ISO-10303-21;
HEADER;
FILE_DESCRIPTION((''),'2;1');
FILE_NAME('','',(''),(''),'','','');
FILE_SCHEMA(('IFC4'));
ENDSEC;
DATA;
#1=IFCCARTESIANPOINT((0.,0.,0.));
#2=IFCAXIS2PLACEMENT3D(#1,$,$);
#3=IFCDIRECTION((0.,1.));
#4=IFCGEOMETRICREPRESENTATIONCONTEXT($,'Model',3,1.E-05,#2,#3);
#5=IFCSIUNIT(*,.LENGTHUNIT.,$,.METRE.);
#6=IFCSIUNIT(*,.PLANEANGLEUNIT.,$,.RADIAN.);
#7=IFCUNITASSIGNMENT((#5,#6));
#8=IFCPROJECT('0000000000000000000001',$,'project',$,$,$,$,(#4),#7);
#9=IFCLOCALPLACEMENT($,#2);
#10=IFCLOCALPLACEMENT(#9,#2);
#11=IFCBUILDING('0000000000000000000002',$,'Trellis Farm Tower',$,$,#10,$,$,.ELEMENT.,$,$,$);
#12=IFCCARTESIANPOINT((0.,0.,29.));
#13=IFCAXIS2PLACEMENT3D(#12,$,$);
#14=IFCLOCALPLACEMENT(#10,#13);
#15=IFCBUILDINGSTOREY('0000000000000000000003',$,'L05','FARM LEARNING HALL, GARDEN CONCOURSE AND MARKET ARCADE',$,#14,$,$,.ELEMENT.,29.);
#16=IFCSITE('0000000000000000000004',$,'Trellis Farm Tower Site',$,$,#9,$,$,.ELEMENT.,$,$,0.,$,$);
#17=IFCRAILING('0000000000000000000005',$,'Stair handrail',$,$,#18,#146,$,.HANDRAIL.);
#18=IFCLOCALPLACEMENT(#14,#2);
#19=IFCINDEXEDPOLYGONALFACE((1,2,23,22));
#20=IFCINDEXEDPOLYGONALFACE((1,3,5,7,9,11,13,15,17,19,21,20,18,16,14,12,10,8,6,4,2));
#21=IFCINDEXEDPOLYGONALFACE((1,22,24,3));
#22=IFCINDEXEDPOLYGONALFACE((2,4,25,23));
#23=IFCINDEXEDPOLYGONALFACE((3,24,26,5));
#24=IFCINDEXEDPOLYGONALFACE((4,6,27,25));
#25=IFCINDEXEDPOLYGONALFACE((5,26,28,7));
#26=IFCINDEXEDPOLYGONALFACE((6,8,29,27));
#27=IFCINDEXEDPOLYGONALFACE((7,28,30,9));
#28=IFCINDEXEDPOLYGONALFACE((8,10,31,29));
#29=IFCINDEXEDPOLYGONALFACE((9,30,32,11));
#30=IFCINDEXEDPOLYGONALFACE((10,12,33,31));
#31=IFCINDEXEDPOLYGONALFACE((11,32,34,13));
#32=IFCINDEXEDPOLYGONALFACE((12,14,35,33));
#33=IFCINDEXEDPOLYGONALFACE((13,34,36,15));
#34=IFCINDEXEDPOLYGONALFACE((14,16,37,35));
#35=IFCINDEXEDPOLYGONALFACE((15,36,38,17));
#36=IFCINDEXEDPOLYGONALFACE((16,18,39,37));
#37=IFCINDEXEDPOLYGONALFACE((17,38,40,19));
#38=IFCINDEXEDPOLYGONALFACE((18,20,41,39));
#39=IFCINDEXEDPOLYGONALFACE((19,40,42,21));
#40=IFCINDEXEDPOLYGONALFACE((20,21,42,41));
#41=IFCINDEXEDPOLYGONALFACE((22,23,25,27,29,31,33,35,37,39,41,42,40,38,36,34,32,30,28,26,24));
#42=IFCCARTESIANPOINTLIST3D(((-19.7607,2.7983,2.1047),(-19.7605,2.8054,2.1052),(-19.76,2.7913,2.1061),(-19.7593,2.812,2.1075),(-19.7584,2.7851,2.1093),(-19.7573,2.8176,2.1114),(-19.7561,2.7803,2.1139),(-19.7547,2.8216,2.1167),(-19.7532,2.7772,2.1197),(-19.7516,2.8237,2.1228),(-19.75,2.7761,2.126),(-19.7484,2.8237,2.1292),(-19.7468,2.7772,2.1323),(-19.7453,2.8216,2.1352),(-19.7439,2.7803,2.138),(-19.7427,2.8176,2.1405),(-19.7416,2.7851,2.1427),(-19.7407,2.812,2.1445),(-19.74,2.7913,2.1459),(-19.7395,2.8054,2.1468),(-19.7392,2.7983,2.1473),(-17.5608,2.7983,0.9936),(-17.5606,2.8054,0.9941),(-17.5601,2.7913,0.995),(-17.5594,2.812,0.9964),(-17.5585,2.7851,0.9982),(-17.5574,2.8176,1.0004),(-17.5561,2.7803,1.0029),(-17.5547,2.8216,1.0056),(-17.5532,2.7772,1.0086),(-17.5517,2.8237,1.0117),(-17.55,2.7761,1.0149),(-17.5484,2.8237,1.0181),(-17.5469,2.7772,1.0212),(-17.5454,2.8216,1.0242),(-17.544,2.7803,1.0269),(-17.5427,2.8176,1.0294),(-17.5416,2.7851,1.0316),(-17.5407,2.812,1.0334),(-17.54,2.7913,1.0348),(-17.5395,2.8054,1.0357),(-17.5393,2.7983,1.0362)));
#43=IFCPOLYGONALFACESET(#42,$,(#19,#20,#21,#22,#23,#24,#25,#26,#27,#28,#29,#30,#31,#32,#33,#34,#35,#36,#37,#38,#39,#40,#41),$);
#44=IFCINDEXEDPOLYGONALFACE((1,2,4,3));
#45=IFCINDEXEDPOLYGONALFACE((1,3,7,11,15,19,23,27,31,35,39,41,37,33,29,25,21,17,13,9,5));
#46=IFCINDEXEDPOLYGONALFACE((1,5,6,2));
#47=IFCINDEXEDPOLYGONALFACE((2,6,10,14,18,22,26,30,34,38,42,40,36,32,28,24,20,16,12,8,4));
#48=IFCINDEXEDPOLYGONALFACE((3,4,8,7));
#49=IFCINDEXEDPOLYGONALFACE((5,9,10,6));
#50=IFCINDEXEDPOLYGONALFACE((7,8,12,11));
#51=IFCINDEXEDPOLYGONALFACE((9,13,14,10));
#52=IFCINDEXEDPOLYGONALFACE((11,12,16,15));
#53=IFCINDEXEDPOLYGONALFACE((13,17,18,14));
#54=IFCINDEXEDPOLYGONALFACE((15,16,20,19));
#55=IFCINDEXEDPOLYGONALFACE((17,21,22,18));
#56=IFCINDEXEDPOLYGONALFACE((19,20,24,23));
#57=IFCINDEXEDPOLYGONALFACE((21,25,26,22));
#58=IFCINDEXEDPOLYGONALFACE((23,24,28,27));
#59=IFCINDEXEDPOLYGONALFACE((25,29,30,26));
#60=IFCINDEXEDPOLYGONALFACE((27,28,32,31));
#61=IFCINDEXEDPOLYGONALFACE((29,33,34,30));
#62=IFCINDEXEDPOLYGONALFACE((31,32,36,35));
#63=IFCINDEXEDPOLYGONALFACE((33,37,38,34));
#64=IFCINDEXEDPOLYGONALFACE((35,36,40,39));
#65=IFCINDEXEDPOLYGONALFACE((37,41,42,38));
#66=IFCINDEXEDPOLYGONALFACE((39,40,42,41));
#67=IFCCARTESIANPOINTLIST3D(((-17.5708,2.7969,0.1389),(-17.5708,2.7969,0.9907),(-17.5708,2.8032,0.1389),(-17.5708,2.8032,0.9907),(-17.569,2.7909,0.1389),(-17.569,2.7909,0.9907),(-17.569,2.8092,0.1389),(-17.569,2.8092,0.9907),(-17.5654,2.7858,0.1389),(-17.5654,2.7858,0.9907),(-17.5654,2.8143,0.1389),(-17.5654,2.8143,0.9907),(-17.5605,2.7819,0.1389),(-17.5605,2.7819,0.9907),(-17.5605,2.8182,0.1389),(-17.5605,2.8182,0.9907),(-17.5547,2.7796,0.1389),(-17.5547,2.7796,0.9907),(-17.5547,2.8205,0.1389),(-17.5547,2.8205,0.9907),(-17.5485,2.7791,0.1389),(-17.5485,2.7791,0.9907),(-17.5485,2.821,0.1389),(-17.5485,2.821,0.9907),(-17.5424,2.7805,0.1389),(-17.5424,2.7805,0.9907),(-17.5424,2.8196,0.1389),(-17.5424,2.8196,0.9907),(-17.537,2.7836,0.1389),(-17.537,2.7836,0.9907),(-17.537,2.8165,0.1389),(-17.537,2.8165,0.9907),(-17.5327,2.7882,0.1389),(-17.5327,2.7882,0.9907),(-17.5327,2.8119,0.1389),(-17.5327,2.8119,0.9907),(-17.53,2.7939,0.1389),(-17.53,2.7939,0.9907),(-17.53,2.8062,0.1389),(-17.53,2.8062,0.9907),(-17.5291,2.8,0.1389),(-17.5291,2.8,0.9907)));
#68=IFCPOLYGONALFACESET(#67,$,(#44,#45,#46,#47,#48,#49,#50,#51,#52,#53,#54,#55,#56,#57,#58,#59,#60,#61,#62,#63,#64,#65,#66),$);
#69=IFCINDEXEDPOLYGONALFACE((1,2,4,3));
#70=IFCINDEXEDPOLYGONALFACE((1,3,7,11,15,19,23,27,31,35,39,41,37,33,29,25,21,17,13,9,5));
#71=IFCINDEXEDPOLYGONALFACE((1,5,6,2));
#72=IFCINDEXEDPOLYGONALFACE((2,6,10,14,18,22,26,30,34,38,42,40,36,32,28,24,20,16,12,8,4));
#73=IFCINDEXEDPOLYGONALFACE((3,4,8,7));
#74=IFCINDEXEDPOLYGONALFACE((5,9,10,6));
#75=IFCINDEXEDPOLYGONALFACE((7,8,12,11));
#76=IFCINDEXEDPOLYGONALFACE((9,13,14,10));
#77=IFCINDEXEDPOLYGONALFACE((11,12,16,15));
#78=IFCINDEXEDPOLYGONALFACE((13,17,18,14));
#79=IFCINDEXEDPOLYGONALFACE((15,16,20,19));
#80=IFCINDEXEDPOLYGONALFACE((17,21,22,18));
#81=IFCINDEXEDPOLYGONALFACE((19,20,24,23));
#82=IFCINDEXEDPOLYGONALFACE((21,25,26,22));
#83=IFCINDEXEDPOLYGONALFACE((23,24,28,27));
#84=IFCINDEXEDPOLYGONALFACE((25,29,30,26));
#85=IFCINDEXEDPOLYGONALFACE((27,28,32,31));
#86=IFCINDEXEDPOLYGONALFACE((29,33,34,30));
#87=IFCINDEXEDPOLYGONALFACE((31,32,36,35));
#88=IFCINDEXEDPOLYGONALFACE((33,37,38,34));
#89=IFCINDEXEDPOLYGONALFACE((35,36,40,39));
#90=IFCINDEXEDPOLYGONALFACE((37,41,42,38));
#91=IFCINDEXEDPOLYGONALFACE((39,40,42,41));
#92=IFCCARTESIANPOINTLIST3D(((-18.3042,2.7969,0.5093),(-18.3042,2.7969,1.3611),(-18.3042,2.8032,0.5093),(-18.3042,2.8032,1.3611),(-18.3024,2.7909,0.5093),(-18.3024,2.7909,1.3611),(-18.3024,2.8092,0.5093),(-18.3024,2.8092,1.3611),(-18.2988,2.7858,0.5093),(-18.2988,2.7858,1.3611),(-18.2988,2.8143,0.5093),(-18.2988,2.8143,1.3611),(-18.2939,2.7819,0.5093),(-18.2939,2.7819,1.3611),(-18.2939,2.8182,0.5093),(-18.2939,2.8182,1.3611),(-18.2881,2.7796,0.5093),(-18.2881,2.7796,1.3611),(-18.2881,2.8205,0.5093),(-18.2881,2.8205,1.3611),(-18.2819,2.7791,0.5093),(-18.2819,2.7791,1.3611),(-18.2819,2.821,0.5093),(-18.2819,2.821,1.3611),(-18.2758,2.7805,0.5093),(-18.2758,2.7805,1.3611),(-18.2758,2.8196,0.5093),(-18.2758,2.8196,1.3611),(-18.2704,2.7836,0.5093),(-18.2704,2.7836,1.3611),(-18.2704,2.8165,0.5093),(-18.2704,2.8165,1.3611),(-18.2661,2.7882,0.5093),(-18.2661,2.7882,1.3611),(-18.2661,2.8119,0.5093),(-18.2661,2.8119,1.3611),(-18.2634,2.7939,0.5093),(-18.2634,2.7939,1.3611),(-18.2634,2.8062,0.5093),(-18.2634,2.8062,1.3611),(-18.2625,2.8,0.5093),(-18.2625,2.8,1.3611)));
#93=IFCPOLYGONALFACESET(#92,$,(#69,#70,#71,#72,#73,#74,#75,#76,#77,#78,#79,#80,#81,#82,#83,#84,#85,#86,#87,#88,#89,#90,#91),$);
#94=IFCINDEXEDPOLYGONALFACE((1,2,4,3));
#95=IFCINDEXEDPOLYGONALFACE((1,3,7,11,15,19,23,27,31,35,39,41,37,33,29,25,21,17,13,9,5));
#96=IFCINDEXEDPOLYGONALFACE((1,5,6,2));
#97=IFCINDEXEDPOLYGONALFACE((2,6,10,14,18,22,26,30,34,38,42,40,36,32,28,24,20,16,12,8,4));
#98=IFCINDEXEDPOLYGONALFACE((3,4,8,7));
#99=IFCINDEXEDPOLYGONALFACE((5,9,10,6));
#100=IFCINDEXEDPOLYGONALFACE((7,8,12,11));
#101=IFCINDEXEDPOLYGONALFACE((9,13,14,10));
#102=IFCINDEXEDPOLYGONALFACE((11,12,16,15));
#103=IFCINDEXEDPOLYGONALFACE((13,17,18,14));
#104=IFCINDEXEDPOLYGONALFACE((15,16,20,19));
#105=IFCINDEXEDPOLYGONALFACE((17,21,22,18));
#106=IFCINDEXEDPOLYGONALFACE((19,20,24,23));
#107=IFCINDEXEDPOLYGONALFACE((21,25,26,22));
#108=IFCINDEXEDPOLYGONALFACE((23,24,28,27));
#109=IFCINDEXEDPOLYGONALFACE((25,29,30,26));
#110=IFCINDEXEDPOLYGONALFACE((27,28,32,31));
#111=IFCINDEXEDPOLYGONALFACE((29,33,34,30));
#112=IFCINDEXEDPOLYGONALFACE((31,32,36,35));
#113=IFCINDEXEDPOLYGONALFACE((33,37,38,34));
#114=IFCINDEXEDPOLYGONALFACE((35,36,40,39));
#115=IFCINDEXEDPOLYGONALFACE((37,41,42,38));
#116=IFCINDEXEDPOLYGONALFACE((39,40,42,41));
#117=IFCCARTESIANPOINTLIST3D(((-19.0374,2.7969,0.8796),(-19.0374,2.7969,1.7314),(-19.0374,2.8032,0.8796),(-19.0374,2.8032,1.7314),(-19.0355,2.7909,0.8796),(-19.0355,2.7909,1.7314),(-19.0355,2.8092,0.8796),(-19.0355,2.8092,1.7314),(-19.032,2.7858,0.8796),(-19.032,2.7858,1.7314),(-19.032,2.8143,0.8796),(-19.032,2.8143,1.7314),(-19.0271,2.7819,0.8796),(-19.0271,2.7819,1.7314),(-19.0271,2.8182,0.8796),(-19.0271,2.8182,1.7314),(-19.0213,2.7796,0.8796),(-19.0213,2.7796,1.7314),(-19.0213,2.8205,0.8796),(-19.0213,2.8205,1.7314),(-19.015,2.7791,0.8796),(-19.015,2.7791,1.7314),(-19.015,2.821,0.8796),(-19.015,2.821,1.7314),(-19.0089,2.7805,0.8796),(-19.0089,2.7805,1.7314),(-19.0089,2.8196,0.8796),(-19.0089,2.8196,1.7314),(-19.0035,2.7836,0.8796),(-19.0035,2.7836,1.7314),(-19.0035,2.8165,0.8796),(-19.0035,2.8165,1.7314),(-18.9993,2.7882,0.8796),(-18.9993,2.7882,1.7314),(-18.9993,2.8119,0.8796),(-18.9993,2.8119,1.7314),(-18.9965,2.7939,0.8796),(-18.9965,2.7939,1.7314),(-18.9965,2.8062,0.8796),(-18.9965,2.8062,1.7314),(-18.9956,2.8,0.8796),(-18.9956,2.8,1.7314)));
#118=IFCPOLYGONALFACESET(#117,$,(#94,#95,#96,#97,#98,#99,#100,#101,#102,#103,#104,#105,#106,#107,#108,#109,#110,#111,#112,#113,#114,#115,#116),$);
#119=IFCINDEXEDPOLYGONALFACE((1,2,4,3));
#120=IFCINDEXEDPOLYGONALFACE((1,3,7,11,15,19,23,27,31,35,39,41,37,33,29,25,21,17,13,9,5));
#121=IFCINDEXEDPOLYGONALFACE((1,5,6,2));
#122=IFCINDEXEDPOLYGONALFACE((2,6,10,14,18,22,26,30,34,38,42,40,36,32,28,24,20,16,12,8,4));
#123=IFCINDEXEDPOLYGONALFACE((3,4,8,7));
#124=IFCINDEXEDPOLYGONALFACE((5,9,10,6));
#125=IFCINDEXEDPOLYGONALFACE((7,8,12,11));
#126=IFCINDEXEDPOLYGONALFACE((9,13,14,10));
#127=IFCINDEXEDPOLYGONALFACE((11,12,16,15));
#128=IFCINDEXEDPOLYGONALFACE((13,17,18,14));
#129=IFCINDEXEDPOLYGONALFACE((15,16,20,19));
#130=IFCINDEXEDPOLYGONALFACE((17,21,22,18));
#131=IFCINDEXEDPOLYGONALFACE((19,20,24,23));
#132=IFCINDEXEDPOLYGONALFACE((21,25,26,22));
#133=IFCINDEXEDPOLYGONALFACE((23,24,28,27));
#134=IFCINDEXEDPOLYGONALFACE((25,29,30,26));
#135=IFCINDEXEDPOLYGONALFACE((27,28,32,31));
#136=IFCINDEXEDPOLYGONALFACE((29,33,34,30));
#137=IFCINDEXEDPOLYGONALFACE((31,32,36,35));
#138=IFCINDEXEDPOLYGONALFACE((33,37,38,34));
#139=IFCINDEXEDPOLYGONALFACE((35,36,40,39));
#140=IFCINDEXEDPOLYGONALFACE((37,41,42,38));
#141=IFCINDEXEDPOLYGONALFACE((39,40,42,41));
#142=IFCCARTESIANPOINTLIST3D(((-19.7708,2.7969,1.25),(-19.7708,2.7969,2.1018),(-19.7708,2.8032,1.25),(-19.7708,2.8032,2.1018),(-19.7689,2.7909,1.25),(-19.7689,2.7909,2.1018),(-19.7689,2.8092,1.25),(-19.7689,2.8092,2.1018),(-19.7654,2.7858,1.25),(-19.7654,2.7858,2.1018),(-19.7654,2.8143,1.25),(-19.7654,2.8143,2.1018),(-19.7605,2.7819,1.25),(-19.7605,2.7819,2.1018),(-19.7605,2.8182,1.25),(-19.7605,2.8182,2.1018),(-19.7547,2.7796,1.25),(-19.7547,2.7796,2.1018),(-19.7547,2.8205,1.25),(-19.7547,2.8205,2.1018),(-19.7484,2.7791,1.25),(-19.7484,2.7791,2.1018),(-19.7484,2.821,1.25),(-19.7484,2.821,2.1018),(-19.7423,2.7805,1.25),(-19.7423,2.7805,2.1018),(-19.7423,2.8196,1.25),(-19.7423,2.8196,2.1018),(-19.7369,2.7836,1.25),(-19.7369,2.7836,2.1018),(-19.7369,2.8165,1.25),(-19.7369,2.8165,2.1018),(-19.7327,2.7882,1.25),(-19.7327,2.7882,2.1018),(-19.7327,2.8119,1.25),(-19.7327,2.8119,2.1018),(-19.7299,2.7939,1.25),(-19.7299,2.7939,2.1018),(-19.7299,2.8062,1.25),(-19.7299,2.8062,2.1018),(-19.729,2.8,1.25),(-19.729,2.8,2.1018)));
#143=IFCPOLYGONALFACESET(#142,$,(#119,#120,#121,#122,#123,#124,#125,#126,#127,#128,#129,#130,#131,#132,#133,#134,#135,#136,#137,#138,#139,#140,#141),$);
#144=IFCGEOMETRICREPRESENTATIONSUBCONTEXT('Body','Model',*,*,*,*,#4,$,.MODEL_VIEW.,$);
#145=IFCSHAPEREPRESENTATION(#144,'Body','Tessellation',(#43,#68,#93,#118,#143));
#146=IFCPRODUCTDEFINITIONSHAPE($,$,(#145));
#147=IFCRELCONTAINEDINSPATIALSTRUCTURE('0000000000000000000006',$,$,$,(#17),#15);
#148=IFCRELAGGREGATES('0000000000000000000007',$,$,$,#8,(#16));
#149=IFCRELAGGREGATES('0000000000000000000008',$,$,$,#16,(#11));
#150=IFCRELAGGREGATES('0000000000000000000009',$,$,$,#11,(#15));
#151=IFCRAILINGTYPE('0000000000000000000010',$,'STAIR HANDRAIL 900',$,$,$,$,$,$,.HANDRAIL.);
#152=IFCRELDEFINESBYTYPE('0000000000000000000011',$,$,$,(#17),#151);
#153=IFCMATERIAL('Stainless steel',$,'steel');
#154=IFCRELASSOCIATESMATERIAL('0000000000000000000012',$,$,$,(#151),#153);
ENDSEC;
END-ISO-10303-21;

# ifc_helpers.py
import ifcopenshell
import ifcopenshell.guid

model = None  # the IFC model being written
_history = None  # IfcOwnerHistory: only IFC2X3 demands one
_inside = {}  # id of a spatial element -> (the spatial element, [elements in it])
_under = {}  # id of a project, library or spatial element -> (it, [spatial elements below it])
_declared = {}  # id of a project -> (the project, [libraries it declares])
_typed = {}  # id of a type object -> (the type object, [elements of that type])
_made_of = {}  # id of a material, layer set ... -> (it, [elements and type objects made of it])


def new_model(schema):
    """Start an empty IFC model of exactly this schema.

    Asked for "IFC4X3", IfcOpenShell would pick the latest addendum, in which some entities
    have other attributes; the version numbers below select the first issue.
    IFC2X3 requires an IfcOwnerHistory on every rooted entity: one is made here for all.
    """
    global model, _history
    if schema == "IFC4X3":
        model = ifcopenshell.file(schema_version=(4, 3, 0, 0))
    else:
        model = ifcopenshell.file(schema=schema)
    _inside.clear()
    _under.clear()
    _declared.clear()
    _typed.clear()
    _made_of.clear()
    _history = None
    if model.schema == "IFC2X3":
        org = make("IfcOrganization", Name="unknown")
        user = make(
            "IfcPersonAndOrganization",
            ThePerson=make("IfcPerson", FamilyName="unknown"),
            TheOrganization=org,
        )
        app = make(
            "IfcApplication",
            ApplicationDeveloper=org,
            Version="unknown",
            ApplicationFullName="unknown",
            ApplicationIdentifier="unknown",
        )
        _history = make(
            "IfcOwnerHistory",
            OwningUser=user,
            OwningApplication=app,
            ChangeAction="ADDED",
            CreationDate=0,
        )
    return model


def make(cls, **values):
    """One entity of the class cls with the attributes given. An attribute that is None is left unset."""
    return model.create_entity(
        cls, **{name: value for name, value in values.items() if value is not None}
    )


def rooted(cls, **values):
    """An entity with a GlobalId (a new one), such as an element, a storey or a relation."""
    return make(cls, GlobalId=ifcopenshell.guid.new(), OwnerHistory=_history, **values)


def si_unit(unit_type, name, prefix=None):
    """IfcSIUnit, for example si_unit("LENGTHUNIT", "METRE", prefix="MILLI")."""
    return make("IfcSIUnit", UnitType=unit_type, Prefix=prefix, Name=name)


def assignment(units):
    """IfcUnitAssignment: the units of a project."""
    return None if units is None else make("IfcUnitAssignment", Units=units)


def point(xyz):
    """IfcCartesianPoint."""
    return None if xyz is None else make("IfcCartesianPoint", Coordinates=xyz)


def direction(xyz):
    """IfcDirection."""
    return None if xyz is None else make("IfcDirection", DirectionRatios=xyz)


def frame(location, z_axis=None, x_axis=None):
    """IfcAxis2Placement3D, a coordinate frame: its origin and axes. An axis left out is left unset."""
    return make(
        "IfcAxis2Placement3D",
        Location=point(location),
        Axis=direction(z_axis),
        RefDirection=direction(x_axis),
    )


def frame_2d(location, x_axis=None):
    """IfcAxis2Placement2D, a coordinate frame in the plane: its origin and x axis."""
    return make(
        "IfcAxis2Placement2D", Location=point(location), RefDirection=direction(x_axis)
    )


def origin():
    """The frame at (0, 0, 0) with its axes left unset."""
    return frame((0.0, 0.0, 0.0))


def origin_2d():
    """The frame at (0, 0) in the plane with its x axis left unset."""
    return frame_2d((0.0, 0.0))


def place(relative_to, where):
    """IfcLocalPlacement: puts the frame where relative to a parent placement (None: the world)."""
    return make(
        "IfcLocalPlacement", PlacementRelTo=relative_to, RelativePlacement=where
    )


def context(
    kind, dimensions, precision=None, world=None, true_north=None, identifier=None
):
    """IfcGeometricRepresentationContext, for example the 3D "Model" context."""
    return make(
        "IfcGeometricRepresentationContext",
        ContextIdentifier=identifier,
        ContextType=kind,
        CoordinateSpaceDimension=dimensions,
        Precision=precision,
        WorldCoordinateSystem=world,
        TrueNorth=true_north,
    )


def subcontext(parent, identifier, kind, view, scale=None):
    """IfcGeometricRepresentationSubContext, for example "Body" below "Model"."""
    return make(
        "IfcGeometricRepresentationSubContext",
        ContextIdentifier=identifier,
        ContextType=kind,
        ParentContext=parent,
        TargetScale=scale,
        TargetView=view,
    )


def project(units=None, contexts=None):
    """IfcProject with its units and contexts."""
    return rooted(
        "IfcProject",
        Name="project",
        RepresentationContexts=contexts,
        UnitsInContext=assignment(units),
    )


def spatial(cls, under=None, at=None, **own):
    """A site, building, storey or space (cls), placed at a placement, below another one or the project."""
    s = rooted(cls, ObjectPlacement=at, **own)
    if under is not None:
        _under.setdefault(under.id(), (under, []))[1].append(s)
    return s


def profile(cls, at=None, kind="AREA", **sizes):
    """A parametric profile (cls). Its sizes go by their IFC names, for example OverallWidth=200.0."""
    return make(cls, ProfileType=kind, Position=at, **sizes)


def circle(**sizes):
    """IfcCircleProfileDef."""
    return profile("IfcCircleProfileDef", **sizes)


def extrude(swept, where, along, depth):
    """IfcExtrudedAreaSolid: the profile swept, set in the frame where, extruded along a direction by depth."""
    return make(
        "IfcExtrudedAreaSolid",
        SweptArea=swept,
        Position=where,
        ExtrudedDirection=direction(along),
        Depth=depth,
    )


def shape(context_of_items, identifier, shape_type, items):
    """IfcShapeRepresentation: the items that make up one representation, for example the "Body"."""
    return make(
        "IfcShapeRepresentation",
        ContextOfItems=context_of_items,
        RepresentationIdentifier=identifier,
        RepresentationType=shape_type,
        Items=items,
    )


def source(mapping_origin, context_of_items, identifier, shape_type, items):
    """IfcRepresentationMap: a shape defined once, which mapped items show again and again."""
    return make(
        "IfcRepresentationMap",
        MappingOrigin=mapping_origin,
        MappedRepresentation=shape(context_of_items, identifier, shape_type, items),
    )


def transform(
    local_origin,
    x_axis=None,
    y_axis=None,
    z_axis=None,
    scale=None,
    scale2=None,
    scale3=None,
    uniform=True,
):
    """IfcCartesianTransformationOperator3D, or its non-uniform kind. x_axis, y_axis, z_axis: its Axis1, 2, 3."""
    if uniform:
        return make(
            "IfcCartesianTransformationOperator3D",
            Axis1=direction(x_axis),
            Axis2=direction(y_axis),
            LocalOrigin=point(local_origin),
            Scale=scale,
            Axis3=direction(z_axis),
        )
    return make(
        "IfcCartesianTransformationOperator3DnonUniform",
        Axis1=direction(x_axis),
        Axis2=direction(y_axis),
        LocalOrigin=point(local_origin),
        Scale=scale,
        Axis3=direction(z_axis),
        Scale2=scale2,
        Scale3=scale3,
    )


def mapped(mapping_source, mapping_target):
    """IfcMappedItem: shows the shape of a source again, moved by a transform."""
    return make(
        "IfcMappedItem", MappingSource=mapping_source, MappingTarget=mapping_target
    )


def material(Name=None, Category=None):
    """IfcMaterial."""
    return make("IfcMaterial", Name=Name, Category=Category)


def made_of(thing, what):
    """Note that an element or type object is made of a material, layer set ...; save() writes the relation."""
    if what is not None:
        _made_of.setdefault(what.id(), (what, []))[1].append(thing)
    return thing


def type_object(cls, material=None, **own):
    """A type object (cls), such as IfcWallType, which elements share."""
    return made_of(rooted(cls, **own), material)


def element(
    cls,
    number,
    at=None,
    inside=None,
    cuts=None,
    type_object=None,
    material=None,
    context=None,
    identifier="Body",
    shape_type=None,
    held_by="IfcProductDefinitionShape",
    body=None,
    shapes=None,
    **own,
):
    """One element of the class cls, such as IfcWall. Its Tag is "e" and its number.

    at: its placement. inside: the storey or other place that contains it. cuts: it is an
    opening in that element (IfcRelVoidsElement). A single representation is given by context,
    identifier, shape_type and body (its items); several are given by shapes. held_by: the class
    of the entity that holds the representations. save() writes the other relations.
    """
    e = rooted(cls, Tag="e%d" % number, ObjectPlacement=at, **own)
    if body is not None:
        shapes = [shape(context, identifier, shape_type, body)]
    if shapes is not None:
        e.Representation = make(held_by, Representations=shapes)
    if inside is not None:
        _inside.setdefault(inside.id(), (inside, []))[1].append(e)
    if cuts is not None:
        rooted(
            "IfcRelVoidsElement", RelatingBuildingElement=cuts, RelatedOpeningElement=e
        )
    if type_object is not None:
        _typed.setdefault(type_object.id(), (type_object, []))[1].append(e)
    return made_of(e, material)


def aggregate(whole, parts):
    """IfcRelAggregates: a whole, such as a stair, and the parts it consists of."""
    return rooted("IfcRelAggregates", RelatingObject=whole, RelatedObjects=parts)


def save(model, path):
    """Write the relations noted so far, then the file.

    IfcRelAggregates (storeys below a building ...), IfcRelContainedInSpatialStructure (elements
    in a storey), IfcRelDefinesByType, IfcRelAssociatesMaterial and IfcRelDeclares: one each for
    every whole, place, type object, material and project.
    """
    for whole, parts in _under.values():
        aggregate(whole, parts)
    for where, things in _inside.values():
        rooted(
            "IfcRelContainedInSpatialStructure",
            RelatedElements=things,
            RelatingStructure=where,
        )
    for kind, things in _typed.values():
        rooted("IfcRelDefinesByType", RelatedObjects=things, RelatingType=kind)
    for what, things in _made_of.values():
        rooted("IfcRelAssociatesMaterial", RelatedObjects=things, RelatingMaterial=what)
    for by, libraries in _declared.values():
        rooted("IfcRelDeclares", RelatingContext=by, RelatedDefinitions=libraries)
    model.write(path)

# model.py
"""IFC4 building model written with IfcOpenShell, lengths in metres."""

from ifc_helpers import new_model, si_unit, direction, frame, origin, origin_2d, place, context, subcontext, project, spatial, circle, extrude, source, transform, mapped, material, type_object, element, save


model = new_model("IFC4")

# Units and contexts
model_context = context("Model", 3, precision=1e-05, world=origin(), true_north=direction((0.0, 1.0)))
body_context = subcontext(model_context, "Body", "Model", "MODEL_VIEW")
ifc_project = project(units=[si_unit("LENGTHUNIT", "METRE"), si_unit("PLANEANGLEUNIT", "RADIAN")], contexts=[model_context])

# Site, building, storey
site_placement = place(None, origin())
site = spatial("IfcSite", under=ifc_project, at=site_placement, Name="Trellis Farm Tower Site", CompositionType="ELEMENT", RefElevation=0.0)
building_placement = place(site_placement, origin())
building = spatial("IfcBuilding", under=site, at=building_placement, Name="Trellis Farm Tower", CompositionType="ELEMENT")
storey_placement = place(building_placement, frame((0.0, 0.0, 29.0)))
storey = spatial("IfcBuildingStorey", under=building, at=storey_placement, Name="L05", Description="FARM LEARNING HALL, GARDEN CONCOURSE AND MARKET ARCADE", CompositionType="ELEMENT", Elevation=29.0)

# Railing
ifc_material_1 = material(Name="Stainless steel", Category="steel")
railing_type = type_object("IfcRailingType", Name="STAIR HANDRAIL 900", PredefinedType="HANDRAIL", material=ifc_material_1)
shared_shape_1 = source(origin(), body_context, "Body", "SweptSolid", [
    extrude(circle(Radius=0.0239, at=origin_2d()), frame((0.0, 0.0, 0.876), z_axis=(-0.892617, 0.0, 0.450816), x_axis=(0.0, -1.0, 0.0)), (0.0, 0.0, 1.0), 2.4646),
    extrude(circle(Radius=0.021, at=origin_2d()), origin(), (0.0, 0.0, 1.0), 0.8518),
    extrude(circle(Radius=0.021, at=origin_2d()), frame((-0.7334, 0.0, 0.3704)), (0.0, 0.0, 1.0), 0.8518),
    extrude(circle(Radius=0.021, at=origin_2d()), frame((-1.4666, 0.0, 0.7407)), (0.0, 0.0, 1.0), 0.8518),
    extrude(circle(Radius=0.021, at=origin_2d()), frame((-2.2, 0.0, 1.1111)), (0.0, 0.0, 1.0), 0.8518),
])
railing_placement = place(storey_placement, frame((-17.55, 2.8, 0.1389)))
element("IfcRailing", 1, at=railing_placement, inside=storey, type_object=railing_type, Name="Stair handrail", PredefinedType="HANDRAIL", context=body_context, shape_type="MappedRepresentation", body=[
    mapped(shared_shape_1, transform((0.0, 0.0, 0.0))),
])

save(model, "model.ifc")
